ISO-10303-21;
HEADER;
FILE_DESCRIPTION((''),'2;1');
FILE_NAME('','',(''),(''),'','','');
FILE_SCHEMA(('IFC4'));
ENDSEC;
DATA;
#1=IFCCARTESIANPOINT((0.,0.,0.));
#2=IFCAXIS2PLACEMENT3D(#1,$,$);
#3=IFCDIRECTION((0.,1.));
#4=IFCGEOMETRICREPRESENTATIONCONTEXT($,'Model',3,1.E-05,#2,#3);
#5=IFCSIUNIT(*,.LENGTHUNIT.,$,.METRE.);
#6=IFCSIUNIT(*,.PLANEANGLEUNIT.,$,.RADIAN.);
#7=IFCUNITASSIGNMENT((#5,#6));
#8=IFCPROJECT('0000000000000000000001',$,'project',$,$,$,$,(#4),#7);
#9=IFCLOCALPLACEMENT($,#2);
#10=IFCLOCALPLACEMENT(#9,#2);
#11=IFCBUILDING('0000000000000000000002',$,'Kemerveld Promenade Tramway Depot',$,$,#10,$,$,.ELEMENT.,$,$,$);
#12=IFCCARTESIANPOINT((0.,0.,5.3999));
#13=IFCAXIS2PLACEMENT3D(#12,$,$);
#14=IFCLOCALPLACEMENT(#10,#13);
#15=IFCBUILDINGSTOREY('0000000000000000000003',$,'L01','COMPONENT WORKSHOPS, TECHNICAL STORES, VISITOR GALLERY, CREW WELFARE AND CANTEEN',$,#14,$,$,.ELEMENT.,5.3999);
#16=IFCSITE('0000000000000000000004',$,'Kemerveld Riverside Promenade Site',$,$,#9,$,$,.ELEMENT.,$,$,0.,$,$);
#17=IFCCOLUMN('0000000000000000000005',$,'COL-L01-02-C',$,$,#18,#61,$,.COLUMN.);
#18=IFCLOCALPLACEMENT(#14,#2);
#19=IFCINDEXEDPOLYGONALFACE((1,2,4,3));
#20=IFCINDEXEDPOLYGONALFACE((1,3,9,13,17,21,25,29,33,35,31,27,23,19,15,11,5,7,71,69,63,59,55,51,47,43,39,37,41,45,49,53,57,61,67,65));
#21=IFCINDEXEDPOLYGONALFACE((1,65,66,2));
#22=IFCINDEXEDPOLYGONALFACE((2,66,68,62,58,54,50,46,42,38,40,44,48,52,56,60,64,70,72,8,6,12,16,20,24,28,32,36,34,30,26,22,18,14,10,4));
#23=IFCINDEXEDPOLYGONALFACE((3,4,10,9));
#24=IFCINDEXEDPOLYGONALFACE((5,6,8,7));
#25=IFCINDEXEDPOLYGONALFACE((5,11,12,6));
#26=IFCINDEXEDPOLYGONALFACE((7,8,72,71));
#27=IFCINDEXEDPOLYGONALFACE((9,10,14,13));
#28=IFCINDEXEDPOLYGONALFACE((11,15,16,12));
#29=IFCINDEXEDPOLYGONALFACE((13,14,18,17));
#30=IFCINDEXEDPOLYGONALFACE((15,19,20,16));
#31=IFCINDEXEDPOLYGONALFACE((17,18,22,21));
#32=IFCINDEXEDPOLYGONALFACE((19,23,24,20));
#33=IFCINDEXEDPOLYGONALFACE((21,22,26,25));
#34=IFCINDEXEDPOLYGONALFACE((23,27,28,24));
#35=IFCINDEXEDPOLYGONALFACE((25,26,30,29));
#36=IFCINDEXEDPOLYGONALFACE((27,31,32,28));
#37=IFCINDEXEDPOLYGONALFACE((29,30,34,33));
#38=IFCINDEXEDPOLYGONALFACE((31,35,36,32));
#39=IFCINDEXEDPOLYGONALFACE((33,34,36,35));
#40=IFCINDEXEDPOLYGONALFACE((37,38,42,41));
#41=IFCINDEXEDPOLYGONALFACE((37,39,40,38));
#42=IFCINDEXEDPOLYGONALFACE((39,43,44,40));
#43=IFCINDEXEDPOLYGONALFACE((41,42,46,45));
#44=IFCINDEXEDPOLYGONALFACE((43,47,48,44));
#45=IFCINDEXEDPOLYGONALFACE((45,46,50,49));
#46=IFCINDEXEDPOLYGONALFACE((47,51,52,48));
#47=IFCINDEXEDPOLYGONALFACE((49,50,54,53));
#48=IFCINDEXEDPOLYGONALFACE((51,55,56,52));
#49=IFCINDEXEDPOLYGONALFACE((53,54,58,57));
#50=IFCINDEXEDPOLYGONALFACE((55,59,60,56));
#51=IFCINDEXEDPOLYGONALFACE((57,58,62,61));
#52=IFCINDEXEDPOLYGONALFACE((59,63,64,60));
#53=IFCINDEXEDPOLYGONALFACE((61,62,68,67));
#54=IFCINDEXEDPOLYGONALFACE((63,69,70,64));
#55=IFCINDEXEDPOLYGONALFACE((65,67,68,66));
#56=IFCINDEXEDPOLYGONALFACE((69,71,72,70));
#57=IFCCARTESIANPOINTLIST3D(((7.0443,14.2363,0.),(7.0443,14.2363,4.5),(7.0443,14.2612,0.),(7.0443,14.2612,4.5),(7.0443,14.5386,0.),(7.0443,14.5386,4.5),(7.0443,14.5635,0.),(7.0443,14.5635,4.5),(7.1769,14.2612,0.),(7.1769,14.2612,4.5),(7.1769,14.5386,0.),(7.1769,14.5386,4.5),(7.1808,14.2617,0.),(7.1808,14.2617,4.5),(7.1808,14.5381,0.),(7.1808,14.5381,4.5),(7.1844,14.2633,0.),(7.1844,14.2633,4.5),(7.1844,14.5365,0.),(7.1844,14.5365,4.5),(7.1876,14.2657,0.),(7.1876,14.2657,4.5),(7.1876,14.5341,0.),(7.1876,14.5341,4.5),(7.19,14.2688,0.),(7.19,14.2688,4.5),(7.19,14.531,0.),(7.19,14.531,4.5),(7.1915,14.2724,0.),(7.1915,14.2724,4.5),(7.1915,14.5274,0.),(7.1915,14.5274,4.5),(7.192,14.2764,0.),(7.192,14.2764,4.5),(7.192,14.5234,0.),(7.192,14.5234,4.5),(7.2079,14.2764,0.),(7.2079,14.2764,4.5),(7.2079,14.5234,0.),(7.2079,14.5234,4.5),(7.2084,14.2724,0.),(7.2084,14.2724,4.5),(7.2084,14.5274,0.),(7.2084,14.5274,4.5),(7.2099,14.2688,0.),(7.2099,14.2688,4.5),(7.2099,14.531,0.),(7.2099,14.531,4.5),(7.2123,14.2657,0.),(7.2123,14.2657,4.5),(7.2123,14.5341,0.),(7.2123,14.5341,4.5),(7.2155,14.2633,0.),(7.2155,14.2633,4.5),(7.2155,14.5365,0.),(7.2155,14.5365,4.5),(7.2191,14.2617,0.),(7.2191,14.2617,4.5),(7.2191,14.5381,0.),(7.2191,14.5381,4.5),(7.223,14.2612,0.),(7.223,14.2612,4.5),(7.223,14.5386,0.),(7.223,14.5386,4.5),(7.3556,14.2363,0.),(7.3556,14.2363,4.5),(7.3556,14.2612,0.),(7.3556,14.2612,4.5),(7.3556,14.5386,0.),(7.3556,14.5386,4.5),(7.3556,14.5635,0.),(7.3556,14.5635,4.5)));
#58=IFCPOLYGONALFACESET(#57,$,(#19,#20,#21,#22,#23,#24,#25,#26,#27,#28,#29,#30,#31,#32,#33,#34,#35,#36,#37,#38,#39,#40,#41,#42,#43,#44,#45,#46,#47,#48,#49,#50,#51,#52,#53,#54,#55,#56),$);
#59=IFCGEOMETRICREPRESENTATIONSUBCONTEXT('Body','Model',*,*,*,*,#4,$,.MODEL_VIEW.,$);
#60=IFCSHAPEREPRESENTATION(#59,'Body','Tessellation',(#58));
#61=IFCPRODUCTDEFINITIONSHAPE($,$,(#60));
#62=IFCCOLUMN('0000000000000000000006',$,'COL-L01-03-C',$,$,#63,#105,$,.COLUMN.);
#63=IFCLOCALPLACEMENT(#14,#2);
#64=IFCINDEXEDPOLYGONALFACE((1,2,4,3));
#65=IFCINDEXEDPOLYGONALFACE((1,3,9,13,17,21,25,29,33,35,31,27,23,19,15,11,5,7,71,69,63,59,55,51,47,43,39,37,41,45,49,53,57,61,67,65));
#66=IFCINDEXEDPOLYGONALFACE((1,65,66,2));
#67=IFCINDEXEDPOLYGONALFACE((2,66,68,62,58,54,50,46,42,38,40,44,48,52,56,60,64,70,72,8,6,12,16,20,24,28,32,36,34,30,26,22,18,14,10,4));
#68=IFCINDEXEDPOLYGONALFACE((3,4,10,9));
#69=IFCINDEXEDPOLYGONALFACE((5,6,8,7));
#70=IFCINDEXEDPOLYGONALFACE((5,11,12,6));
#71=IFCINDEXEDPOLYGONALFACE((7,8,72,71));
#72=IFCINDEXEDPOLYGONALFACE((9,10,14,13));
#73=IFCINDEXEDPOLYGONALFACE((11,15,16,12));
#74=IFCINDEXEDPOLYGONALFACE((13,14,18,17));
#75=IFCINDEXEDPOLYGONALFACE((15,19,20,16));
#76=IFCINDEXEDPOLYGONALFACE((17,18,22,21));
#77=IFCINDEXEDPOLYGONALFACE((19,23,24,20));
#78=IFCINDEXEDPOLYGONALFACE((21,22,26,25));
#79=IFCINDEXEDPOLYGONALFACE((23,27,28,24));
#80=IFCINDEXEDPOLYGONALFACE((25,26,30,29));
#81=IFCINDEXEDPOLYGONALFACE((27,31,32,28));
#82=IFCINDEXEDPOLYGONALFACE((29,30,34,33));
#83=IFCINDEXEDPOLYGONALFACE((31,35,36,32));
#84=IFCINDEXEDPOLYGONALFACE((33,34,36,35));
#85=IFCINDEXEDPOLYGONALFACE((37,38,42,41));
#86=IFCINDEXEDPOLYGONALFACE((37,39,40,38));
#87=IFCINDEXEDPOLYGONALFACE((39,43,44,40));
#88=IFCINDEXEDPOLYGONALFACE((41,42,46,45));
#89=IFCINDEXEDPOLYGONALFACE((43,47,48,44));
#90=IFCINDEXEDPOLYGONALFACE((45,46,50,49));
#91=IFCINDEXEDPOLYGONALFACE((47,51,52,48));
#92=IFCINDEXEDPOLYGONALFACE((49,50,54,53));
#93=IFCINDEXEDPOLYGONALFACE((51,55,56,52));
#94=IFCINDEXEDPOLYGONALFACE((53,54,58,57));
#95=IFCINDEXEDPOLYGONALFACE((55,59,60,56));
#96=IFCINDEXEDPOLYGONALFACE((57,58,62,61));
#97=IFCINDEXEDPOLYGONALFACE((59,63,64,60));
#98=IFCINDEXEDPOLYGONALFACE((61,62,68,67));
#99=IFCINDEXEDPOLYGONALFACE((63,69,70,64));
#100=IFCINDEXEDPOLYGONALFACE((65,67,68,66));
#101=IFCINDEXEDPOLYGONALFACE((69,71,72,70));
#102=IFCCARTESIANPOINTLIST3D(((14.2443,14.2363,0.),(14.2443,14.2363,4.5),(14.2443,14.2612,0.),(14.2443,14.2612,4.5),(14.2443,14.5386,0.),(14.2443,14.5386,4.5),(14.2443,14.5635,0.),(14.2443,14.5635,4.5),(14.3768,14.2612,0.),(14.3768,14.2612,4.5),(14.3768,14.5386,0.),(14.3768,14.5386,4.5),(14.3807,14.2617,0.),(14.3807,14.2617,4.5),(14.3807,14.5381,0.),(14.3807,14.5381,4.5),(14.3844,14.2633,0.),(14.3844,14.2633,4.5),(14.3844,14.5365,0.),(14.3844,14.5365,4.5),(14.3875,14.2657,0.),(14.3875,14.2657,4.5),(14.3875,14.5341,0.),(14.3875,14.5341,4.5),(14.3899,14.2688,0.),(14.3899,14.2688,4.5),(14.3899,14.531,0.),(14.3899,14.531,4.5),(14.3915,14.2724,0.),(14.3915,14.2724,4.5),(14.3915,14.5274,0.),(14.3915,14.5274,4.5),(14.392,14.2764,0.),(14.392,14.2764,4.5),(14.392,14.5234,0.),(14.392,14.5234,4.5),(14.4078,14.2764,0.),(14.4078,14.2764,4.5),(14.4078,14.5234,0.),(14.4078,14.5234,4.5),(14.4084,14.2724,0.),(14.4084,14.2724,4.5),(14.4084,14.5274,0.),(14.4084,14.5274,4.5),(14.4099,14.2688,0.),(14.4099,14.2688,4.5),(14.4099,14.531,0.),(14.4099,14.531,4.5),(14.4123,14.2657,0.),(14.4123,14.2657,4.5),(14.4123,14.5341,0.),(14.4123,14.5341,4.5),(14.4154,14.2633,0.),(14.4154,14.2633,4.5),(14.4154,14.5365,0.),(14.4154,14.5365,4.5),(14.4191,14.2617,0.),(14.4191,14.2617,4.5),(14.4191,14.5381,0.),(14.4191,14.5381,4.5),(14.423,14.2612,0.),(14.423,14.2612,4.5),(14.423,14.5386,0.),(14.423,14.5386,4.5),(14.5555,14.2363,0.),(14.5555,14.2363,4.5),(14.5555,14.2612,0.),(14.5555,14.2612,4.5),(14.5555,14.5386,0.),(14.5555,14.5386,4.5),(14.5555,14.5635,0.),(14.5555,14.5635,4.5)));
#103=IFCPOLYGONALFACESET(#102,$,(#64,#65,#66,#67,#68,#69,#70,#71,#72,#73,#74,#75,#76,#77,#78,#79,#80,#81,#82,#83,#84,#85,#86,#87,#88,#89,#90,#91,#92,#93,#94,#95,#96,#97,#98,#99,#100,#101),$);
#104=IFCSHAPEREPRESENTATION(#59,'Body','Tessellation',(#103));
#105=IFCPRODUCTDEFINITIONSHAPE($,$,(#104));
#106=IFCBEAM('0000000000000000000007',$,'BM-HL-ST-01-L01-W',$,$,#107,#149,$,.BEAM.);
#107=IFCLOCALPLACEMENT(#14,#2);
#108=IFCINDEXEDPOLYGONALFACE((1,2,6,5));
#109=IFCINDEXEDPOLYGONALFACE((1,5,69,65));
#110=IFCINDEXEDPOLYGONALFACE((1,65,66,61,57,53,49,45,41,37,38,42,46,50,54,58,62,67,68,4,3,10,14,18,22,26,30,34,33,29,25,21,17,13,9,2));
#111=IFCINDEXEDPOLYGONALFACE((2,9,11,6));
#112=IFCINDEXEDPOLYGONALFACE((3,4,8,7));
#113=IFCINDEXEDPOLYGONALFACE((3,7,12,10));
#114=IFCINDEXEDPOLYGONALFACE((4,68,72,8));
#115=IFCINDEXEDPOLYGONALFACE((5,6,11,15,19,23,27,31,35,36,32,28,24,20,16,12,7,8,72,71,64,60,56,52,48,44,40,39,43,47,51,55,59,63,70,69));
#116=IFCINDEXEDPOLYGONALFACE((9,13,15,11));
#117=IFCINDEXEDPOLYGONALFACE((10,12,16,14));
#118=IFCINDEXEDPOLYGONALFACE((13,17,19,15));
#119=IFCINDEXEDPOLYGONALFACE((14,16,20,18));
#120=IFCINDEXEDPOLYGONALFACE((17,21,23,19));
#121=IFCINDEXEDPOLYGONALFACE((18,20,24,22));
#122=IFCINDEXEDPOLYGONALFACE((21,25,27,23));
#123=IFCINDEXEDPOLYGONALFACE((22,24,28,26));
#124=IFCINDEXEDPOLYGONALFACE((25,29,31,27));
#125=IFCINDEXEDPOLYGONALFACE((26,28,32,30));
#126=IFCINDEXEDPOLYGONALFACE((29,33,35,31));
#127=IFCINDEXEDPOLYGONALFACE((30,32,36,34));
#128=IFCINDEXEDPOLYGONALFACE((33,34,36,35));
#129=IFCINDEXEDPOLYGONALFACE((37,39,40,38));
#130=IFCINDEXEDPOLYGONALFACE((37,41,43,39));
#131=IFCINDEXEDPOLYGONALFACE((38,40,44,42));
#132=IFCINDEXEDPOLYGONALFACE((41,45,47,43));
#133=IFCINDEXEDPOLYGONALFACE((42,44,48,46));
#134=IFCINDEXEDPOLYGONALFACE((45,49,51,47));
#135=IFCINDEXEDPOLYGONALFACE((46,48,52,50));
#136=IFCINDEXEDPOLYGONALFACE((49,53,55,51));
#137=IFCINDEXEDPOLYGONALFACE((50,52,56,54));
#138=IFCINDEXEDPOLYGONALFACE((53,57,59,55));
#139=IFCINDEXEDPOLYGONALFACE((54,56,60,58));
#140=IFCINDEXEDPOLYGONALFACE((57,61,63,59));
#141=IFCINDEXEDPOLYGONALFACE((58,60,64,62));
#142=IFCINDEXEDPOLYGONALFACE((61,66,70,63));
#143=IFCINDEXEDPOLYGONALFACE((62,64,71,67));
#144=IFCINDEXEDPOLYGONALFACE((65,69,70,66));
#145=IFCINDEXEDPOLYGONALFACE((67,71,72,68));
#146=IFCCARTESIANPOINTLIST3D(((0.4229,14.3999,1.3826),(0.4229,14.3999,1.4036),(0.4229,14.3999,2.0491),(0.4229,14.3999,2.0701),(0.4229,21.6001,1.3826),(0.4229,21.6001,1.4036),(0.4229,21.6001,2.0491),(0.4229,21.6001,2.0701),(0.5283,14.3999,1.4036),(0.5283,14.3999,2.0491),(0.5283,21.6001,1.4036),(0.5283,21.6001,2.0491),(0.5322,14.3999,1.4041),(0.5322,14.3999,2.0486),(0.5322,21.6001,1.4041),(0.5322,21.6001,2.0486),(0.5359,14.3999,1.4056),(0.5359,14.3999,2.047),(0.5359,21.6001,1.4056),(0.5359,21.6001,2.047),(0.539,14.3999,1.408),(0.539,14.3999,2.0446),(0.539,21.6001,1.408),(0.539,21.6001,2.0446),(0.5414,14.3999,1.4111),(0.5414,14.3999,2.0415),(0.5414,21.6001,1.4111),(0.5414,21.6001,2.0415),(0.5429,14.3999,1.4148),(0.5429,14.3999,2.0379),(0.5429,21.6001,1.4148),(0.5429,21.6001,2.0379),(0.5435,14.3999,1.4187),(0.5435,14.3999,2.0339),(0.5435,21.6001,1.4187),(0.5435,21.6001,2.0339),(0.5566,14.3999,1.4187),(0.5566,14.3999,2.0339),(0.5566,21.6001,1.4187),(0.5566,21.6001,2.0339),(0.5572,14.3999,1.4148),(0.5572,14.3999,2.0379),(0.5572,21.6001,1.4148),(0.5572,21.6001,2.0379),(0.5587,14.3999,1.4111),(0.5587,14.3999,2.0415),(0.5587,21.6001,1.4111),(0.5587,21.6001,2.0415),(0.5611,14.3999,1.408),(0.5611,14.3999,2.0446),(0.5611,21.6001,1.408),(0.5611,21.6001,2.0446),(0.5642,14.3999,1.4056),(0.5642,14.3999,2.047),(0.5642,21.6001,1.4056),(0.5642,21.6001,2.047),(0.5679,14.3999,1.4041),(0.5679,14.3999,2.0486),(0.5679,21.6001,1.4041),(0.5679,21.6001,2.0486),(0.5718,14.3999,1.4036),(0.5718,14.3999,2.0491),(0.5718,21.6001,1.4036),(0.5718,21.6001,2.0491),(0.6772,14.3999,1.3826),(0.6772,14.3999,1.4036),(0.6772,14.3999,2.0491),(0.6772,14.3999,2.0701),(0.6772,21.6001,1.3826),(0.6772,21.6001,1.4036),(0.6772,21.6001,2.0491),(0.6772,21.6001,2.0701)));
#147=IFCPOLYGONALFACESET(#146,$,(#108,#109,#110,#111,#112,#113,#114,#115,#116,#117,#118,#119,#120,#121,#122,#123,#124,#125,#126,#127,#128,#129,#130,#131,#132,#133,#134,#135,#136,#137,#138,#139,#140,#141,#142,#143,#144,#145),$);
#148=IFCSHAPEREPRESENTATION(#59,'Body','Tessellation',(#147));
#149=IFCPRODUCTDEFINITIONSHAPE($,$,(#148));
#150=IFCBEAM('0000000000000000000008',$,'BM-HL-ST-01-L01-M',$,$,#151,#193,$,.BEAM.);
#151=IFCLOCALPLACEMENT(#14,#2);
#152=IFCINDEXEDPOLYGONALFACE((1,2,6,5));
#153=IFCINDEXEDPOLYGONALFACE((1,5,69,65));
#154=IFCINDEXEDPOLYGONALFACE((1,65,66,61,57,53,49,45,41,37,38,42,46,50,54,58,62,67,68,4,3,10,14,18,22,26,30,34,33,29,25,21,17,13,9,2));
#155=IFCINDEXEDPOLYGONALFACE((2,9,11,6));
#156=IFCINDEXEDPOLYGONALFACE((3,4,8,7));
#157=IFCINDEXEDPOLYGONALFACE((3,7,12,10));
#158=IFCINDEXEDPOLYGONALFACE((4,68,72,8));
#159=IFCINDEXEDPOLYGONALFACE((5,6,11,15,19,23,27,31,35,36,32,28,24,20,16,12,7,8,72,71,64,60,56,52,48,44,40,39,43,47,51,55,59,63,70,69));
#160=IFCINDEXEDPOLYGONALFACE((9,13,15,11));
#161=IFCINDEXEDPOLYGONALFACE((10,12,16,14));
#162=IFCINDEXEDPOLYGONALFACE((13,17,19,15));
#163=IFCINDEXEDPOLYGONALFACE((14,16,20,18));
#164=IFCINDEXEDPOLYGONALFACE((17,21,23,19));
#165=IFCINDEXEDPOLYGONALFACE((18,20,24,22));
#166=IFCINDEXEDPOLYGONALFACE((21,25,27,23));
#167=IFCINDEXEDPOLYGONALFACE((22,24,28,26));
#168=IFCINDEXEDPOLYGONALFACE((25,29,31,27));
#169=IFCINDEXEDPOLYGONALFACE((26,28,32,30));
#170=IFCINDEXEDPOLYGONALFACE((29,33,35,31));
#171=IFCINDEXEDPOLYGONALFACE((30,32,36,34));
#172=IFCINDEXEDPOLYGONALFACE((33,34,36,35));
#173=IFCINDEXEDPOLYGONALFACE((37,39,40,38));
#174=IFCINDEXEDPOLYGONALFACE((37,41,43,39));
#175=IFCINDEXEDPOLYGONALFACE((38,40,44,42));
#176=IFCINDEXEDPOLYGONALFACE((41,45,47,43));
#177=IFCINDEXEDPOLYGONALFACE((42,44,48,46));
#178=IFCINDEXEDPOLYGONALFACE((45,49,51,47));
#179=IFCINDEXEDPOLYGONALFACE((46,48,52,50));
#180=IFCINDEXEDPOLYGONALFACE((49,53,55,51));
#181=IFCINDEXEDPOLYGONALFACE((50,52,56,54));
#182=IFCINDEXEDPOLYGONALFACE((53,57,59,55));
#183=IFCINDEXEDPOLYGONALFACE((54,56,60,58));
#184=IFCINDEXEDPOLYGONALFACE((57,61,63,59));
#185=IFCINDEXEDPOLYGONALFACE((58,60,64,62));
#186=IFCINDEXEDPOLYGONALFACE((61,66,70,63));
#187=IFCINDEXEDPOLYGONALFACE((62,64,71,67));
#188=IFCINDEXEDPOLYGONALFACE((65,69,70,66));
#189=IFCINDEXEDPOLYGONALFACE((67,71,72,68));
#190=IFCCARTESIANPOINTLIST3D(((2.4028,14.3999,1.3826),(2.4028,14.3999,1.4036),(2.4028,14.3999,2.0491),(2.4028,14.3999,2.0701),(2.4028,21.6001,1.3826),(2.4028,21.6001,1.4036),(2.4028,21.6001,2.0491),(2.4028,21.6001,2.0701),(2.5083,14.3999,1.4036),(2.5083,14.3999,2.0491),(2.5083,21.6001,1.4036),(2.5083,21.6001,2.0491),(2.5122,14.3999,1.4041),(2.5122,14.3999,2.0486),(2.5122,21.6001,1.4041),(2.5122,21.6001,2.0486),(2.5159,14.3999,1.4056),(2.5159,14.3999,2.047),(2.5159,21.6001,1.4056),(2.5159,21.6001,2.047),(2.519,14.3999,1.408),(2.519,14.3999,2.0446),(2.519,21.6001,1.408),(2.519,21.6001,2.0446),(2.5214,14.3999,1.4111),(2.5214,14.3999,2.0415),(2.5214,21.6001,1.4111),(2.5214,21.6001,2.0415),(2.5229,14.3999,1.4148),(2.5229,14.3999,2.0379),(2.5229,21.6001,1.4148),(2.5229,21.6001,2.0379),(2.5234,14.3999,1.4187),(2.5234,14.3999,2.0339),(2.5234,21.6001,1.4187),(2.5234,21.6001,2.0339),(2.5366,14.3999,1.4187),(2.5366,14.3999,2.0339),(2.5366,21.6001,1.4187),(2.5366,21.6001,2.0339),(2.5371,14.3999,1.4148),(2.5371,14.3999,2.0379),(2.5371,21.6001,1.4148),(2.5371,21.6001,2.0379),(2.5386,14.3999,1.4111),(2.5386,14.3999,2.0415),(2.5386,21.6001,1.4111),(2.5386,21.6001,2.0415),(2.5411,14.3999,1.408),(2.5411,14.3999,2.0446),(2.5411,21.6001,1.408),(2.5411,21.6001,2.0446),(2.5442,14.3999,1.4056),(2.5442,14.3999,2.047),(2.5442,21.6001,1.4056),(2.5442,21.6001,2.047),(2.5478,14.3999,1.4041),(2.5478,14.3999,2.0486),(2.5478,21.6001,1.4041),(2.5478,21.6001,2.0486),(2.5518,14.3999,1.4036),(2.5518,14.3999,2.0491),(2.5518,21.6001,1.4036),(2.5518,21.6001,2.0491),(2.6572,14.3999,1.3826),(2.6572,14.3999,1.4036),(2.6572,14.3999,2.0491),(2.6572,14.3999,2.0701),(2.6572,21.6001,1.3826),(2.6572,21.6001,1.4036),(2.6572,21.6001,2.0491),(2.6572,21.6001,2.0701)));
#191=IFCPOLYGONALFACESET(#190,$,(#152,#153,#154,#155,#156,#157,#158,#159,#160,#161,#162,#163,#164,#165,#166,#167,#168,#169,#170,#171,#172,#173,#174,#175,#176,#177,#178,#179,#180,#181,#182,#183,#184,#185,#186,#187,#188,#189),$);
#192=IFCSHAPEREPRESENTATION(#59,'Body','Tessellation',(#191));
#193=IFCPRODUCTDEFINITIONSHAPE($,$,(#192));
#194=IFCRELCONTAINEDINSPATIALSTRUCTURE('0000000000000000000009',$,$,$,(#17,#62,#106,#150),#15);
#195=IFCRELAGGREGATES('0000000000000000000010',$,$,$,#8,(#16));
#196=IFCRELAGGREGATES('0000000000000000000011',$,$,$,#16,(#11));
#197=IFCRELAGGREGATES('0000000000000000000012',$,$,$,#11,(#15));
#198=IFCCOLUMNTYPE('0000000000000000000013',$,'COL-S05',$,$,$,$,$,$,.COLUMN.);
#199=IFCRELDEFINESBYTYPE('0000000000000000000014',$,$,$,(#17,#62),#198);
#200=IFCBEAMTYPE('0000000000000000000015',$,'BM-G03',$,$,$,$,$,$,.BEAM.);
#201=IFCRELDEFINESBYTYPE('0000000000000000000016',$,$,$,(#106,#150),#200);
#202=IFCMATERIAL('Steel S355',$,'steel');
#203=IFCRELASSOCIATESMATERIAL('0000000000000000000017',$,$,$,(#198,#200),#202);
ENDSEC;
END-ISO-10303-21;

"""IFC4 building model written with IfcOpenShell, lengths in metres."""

from ifc_helpers import new_model, si_unit, direction, frame, origin, origin_2d, place, context, subcontext, project, spatial, i_section, extrude, material, material_profile, profile_set, type_object, element, save


model = new_model("IFC4")

# Units and contexts
model_context = context("Model", 3, precision=1e-05, world=origin(), true_north=direction((0.0, 1.0)))
body_context = subcontext(model_context, "Body", "Model", "MODEL_VIEW")
ifc_project = project(units=[si_unit("LENGTHUNIT", "METRE"), si_unit("PLANEANGLEUNIT", "RADIAN")], contexts=[model_context])

# Site, building, storey
site_placement = place(None, origin())
site = spatial("IfcSite", under=ifc_project, at=site_placement, Name="Kemerveld Riverside Promenade Site", CompositionType="ELEMENT", RefElevation=0.0)
building_placement = place(site_placement, origin())
building = spatial("IfcBuilding", under=site, at=building_placement, Name="Kemerveld Promenade Tramway Depot", CompositionType="ELEMENT")
storey_placement = place(building_placement, frame((0.0, 0.0, 5.3999)))
storey = spatial("IfcBuildingStorey", under=building, at=storey_placement, Name="L01", Description="COMPONENT WORKSHOPS, TECHNICAL STORES, VISITOR GALLERY, CREW WELFARE AND CANTEEN", CompositionType="ELEMENT", Elevation=5.3999)

# Columns
ifc_material_1 = material(Name="Steel S355", Category="steel")
ifc_material_profile_1 = material_profile(ifc_material_1, i_section(OverallWidth=0.3113, OverallDepth=0.3271, WebThickness=0.0159, FlangeThickness=0.0249, FilletRadius=0.0151, at=origin_2d()), Name="305x305x158 UC")
ifc_profile_set_1 = profile_set([ifc_material_profile_1], Name="Steel S355")
column_type = type_object("IfcColumnType", Name="COL-S05", PredefinedType="COLUMN", material=ifc_profile_set_1)
for number, where, z_axis, x_axis, name in (
    (1, (7.2, 14.3999, 0.0), (0.0, 0.0, 1.0), (1.0, 0.0, 0.0), "COL-L01-02-C"),
    (2, (14.3999, 14.3999, 0.0), (0.0, 0.0, 1.0), (1.0, 0.0, 0.0), "COL-L01-03-C"),
):
    element("IfcColumn", number, at=place(storey_placement, frame(where, z_axis=z_axis, x_axis=x_axis)), inside=storey, type_object=column_type, Name=name, PredefinedType="COLUMN", context=body_context, shape_type="SweptSolid", body=[
        extrude(i_section(OverallWidth=0.3113, OverallDepth=0.3271, WebThickness=0.0159, FlangeThickness=0.0249, FilletRadius=0.0151, at=origin_2d()), origin(), (0.0, 0.0, 1.0), 4.5),
    ])

# Beams
ifc_material_profile_2 = material_profile(ifc_material_1, i_section(OverallWidth=0.2544, OverallDepth=0.6875, WebThickness=0.0132, FlangeThickness=0.021, FilletRadius=0.0151, at=origin_2d()), Name="686x254x152 UB")
ifc_profile_set_2 = profile_set([ifc_material_profile_2], Name="Steel S355")
beam_type_1 = type_object("IfcBeamType", Name="BM-G03", PredefinedType="BEAM", material=ifc_profile_set_2)
for number, where, z_axis, x_axis, name in (
    (3, (0.55, 14.3999, 1.7263), (0.0, 1.0, 0.0), (-1.0, 0.0, 0.0), "BM-HL-ST-01-L01-W"),
    (4, (2.53, 14.3999, 1.7263), (0.0, 1.0, 0.0), (-1.0, 0.0, 0.0), "BM-HL-ST-01-L01-M"),
):
    element("IfcBeam", number, at=place(storey_placement, frame(where, z_axis=z_axis, x_axis=x_axis)), inside=storey, type_object=beam_type_1, Name=name, PredefinedType="BEAM", context=body_context, shape_type="SweptSolid", body=[
        extrude(i_section(OverallWidth=0.2544, OverallDepth=0.6875, WebThickness=0.0132, FlangeThickness=0.021, FilletRadius=0.0151, at=origin_2d()), origin(), (0.0, 0.0, 1.0), 7.2002),
    ])

save(model, "model.ifc")
